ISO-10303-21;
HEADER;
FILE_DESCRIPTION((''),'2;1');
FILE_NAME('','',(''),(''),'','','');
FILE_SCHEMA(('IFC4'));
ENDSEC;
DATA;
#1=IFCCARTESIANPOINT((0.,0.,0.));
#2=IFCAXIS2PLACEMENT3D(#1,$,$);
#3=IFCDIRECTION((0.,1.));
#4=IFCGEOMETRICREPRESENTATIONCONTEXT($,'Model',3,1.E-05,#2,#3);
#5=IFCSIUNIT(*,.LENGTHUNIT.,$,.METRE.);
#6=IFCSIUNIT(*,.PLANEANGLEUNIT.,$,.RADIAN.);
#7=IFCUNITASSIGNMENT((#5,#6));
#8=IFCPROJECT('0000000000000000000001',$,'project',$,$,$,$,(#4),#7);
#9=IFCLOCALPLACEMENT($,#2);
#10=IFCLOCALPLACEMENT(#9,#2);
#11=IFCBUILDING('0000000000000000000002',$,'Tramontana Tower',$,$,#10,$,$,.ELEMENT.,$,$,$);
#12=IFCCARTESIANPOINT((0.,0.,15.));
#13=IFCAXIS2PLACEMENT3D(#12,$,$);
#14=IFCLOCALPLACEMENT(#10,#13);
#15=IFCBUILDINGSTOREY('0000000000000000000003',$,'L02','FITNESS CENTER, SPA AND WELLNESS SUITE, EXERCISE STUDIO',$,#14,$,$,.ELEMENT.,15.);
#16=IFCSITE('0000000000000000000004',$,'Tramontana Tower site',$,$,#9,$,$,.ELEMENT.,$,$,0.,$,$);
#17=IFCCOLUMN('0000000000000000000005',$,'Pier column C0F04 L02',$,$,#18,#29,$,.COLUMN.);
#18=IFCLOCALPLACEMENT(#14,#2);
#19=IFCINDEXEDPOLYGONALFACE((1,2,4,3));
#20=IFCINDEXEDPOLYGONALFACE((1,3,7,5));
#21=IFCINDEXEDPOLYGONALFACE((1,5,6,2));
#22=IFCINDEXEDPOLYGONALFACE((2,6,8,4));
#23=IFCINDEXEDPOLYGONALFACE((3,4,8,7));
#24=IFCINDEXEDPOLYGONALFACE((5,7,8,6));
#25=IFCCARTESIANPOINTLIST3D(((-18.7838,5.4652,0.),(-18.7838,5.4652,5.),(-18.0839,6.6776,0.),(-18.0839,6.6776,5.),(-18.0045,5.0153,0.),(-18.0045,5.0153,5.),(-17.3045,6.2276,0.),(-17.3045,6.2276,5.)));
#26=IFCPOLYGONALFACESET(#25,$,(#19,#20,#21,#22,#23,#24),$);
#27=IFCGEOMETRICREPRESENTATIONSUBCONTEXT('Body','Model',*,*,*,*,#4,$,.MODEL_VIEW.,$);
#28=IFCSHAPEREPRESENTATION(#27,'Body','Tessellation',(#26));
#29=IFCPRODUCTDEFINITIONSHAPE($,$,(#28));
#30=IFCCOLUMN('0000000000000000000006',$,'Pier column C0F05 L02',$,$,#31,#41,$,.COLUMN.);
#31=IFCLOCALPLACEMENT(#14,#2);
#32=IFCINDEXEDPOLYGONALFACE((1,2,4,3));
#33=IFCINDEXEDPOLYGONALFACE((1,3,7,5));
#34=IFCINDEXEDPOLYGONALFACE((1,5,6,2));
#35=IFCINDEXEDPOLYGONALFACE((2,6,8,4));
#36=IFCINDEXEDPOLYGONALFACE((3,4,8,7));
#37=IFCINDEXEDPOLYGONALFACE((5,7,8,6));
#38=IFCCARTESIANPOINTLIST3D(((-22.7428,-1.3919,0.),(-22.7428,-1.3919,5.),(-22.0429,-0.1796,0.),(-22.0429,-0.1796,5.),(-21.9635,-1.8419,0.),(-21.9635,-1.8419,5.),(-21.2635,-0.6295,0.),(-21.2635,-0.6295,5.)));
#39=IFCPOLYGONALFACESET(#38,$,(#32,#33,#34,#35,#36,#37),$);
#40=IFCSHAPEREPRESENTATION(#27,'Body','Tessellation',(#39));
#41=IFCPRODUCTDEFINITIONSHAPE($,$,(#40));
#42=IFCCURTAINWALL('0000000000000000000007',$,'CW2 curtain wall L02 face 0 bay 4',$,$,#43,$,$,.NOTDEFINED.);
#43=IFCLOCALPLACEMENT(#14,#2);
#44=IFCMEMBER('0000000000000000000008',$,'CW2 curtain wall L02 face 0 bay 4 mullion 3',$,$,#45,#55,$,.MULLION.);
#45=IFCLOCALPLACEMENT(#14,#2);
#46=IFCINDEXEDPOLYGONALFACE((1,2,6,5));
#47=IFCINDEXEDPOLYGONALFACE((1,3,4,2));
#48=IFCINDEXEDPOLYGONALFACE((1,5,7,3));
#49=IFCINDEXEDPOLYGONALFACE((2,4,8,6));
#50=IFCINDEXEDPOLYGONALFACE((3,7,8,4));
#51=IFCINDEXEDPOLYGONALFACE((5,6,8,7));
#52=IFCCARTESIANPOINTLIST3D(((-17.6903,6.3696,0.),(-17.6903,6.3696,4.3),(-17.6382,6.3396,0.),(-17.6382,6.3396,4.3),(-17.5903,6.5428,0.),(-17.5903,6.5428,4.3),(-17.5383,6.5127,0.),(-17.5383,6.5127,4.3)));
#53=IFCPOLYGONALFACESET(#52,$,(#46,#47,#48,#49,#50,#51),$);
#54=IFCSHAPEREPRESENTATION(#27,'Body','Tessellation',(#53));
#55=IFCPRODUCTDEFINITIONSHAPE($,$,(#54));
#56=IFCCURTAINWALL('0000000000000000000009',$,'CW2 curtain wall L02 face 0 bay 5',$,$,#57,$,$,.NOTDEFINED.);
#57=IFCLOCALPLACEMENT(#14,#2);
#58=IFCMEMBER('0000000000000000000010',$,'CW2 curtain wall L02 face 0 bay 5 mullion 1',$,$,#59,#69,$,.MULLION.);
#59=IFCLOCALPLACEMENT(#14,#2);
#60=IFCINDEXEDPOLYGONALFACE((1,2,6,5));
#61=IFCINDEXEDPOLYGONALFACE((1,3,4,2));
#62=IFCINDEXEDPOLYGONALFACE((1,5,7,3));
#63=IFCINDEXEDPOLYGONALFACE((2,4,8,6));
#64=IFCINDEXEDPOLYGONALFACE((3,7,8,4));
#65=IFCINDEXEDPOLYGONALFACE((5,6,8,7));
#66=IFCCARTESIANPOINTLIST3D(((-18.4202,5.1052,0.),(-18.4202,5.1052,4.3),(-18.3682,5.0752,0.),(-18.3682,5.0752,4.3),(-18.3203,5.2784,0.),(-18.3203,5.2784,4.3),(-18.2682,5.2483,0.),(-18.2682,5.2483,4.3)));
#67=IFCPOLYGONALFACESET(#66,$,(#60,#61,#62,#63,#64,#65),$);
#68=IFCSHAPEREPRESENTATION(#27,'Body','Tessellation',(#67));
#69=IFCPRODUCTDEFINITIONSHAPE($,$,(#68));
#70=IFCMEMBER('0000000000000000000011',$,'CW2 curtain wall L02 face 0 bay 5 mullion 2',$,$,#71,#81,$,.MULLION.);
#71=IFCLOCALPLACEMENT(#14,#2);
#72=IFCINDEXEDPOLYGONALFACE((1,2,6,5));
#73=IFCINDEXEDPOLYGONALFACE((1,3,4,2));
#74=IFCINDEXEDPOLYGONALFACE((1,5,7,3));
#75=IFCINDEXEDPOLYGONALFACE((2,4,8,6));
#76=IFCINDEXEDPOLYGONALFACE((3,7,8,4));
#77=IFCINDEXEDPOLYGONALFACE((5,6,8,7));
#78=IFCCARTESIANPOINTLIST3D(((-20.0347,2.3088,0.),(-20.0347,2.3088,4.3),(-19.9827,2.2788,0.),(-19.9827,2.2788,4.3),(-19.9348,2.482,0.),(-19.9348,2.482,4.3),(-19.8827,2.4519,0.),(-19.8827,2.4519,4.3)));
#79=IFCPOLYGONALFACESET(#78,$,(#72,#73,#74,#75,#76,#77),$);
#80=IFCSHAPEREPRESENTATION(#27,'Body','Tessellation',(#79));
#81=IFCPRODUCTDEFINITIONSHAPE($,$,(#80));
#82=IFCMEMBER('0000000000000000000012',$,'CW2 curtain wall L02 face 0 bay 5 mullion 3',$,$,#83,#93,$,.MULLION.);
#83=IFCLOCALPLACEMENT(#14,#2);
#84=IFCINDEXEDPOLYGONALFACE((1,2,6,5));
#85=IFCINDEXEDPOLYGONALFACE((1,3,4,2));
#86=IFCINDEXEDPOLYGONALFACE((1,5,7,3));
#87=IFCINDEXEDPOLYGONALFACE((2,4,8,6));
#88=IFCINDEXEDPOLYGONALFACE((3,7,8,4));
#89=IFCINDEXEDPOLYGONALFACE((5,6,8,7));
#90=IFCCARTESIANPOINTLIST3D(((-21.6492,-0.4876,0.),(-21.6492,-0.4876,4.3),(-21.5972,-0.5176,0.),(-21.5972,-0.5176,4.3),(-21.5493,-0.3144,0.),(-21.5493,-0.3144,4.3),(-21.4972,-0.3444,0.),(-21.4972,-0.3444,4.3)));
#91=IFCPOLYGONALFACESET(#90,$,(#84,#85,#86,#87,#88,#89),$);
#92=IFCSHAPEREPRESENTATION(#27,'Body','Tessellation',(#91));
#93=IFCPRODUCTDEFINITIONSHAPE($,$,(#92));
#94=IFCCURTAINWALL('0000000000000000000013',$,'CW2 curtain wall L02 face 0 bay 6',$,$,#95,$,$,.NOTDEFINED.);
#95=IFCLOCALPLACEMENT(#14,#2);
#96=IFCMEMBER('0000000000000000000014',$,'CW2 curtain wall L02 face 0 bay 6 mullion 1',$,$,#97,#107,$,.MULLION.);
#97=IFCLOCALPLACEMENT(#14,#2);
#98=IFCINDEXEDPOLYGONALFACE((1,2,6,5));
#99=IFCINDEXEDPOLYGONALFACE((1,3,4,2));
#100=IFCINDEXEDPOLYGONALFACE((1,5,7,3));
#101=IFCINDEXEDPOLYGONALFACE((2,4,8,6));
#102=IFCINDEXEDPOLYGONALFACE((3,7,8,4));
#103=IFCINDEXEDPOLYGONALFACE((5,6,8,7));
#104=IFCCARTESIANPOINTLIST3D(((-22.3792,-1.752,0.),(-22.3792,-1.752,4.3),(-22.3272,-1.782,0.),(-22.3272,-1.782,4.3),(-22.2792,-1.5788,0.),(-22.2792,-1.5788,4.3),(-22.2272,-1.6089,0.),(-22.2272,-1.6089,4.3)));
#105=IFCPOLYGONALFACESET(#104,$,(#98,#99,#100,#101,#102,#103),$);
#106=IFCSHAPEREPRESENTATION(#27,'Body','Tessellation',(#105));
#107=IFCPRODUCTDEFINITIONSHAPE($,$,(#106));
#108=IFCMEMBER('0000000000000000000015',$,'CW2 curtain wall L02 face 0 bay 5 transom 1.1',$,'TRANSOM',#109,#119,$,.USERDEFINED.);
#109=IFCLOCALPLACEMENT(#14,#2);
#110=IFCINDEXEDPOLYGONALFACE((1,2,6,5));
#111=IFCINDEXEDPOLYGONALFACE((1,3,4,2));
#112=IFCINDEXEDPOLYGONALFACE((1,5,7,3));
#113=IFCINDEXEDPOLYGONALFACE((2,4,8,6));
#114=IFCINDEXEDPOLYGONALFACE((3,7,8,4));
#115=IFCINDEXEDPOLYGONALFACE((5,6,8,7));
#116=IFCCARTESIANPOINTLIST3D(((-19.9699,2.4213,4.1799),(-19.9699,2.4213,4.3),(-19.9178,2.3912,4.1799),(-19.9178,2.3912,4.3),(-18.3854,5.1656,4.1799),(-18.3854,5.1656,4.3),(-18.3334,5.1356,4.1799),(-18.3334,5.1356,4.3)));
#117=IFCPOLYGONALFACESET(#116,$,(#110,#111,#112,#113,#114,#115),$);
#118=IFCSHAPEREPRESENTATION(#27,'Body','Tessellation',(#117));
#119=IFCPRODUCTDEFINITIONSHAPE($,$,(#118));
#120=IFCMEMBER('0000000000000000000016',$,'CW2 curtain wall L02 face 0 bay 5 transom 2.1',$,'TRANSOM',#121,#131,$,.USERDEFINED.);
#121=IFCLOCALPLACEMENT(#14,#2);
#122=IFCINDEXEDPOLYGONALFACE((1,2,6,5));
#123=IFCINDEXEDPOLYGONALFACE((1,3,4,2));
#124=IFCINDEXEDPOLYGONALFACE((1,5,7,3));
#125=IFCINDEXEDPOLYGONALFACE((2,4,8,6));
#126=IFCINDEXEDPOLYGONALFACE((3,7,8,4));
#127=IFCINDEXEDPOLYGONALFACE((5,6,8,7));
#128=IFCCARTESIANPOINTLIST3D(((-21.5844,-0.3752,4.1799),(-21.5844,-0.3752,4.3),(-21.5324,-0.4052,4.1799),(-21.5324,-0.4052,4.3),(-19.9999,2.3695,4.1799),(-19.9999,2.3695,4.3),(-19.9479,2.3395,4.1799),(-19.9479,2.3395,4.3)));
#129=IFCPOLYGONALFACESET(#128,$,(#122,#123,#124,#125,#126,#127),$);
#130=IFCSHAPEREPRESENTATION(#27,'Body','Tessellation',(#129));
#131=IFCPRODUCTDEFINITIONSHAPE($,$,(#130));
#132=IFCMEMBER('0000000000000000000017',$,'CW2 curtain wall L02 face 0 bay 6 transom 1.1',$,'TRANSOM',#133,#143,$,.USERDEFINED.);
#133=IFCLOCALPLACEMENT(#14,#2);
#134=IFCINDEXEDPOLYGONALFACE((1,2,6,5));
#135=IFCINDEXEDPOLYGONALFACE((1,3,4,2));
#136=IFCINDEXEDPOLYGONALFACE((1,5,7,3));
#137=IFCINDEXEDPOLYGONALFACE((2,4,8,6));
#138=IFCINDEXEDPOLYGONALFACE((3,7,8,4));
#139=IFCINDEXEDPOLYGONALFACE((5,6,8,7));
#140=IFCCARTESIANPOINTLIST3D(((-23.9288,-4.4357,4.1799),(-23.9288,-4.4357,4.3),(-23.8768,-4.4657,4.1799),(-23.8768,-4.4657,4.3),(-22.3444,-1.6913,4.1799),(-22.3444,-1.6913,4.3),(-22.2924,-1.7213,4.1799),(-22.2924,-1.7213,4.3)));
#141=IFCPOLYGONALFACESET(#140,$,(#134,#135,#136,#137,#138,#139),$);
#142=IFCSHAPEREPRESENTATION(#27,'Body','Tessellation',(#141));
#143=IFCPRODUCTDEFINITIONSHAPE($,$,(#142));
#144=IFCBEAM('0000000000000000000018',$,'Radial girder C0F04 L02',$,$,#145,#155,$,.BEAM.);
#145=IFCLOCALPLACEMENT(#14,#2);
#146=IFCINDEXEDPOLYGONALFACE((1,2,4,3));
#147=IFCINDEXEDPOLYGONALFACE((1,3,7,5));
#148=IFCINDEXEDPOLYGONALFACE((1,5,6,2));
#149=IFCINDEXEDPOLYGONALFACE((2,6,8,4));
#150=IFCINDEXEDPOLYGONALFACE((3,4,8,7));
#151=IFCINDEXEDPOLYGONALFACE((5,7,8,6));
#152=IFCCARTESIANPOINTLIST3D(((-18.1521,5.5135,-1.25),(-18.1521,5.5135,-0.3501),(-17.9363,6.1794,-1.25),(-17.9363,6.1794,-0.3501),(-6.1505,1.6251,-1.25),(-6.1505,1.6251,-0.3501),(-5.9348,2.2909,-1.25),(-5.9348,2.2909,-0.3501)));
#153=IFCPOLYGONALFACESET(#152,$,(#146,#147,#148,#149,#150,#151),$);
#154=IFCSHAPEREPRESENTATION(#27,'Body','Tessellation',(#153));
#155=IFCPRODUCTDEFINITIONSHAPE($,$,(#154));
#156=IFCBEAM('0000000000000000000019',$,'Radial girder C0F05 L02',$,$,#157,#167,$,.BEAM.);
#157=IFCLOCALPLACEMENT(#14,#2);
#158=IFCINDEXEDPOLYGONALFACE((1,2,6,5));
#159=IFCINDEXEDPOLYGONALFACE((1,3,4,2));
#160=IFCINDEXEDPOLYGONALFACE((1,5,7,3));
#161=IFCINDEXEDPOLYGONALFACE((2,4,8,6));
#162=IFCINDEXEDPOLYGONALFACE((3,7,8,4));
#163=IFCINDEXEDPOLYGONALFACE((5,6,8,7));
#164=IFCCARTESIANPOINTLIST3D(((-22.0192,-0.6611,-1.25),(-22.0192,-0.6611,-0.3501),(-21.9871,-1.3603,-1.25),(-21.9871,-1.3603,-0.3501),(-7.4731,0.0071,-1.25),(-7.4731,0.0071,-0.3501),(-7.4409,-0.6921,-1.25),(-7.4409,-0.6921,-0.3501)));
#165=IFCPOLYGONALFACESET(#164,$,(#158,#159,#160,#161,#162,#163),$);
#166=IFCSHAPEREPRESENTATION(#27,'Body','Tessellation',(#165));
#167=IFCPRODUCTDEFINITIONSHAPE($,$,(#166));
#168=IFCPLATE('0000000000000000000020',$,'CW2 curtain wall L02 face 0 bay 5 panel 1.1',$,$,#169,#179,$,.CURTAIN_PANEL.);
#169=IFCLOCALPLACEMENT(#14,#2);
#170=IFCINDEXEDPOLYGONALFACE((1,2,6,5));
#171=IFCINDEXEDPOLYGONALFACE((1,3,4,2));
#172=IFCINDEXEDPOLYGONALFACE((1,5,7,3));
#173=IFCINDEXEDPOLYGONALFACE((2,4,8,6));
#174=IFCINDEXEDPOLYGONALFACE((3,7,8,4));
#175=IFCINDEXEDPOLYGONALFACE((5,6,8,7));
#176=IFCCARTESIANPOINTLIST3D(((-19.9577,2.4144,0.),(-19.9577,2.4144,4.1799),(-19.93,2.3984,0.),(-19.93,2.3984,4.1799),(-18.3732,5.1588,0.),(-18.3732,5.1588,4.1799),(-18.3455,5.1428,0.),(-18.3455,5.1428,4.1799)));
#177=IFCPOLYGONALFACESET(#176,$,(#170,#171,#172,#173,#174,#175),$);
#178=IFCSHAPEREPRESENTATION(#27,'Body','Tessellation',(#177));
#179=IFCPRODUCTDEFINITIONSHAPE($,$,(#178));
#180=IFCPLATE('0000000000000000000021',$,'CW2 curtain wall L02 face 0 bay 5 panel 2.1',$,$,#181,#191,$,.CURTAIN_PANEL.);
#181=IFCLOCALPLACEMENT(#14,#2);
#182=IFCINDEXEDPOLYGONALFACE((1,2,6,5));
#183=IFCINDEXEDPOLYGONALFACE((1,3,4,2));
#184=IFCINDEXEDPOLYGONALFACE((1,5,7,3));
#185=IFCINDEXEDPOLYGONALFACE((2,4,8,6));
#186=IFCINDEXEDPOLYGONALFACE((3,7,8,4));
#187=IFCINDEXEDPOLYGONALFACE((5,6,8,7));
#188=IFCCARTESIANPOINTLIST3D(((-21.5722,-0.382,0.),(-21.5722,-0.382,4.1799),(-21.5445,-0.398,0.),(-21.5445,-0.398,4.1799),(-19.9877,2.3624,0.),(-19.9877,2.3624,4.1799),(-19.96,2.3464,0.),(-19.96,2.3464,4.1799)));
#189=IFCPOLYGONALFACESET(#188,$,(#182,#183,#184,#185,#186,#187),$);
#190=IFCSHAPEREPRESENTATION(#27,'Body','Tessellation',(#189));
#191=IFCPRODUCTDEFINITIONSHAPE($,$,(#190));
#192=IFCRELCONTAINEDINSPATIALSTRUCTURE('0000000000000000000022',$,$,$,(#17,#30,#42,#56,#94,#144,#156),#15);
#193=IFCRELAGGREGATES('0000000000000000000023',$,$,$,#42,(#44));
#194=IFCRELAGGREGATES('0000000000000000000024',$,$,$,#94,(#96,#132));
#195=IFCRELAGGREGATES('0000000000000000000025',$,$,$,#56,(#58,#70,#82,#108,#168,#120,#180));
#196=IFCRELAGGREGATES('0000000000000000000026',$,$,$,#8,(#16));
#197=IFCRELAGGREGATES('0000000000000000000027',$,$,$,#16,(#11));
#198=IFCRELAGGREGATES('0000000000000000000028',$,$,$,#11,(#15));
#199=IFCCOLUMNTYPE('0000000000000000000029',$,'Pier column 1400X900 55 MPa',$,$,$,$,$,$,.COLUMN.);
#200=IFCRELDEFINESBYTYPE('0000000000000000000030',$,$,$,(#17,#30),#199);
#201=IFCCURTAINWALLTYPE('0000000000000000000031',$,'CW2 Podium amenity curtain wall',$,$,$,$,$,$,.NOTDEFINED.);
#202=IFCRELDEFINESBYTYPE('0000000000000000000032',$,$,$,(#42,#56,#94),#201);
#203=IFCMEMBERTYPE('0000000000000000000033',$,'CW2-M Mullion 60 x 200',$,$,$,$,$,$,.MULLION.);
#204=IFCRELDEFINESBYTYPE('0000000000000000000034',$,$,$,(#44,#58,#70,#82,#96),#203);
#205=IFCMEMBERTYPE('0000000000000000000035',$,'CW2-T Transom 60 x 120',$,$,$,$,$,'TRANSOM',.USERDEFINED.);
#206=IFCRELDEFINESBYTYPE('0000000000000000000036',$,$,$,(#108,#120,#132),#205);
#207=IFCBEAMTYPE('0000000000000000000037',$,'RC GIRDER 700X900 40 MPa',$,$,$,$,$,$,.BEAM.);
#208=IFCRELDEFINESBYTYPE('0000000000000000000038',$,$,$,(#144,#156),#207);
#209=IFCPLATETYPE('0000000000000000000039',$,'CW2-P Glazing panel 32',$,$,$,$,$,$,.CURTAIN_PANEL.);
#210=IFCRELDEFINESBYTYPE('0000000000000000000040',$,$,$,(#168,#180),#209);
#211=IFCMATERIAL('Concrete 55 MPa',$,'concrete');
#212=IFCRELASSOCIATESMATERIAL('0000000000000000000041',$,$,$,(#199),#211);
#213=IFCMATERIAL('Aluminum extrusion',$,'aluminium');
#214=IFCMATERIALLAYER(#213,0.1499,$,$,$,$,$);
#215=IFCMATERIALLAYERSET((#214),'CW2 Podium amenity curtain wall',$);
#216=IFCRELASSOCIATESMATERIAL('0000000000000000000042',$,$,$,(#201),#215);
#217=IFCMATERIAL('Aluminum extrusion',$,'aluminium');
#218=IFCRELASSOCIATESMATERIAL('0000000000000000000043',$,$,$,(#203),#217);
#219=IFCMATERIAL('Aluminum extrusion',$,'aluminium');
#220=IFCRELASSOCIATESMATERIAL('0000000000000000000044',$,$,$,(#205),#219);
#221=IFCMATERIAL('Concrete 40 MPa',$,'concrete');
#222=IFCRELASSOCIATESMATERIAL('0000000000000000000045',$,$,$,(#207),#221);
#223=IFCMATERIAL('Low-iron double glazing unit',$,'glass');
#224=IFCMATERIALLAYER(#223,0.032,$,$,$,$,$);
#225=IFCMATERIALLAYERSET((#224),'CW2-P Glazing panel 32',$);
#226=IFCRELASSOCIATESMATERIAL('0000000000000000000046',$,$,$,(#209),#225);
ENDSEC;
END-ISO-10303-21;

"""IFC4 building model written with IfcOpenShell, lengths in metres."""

from ifc_helpers import new_model, si_unit, direction, frame, origin, origin_2d, place, context, subcontext, project, spatial, rectangle, extrude, material, layer, layer_set, material_profile, profile_set, type_object, element, aggregate, save


model = new_model("IFC4")

# Units and contexts
model_context = context("Model", 3, precision=1e-05, world=origin(), true_north=direction((0.0, 1.0)))
body_context = subcontext(model_context, "Body", "Model", "MODEL_VIEW")
ifc_project = project(units=[si_unit("LENGTHUNIT", "METRE"), si_unit("PLANEANGLEUNIT", "RADIAN")], contexts=[model_context])

# Site, building, storey
site_placement = place(None, origin())
site = spatial("IfcSite", under=ifc_project, at=site_placement, Name="Tramontana Tower site", CompositionType="ELEMENT", RefElevation=0.0)
building_placement = place(site_placement, origin())
building = spatial("IfcBuilding", under=site, at=building_placement, Name="Tramontana Tower", CompositionType="ELEMENT")
storey_placement = place(building_placement, frame((0.0, 0.0, 15.0)))
storey = spatial("IfcBuildingStorey", under=building, at=storey_placement, Name="L02", Description="FITNESS CENTER, SPA AND WELLNESS SUITE, EXERCISE STUDIO", CompositionType="ELEMENT", Elevation=15.0)

# Columns
ifc_material_1 = material(Name="Concrete 55 MPa", Category="concrete")
ifc_material_profile_1 = material_profile(ifc_material_1, rectangle(XDim=1.3999, YDim=0.8999, at=origin_2d()), Name="Pier column 1400X900 55 MPa")
ifc_profile_set_1 = profile_set([ifc_material_profile_1], Name="Concrete 55 MPa")
column_type = type_object("IfcColumnType", Name="Pier column 1400X900 55 MPa", PredefinedType="COLUMN", material=ifc_profile_set_1)
for number, where, z_axis, x_axis, name in (
    (1, (-18.0442, 5.8464, 0.0), (0.0, 0.0, 1.0), (-0.5, -0.866025, 0.0), "Pier column C0F04 L02"),
    (2, (-22.0032, -1.0107, 0.0), (0.0, 0.0, 1.0), (-0.5, -0.866025, 0.0), "Pier column C0F05 L02"),
):
    element("IfcColumn", number, at=place(storey_placement, frame(where, z_axis=z_axis, x_axis=x_axis)), inside=storey, type_object=column_type, Name=name, PredefinedType="COLUMN", context=body_context, shape_type="SweptSolid", body=[
        extrude(rectangle(XDim=1.3999, YDim=0.8999, at=origin_2d()), origin(), (0.0, 0.0, 1.0), 5.0),
    ])

# Curtain wall, member
ifc_material_2 = material(Name="Aluminum extrusion", Category="aluminium")
ifc_layer_1 = layer(ifc_material_2, 0.1499)
ifc_layer_set_1 = layer_set([ifc_layer_1], Name="CW2 Podium amenity curtain wall")
curtain_wall_type = type_object("IfcCurtainWallType", Name="CW2 Podium amenity curtain wall", PredefinedType="NOTDEFINED", material=ifc_layer_set_1)
curtain_wall_1_placement = place(storey_placement, origin())
curtain_wall_1 = element("IfcCurtainWall", 3, at=curtain_wall_1_placement, inside=storey, type_object=curtain_wall_type, Name="CW2 curtain wall L02 face 0 bay 4", PredefinedType="NOTDEFINED")
ifc_material_3 = material(Name="Aluminum extrusion", Category="aluminium")
ifc_material_profile_2 = material_profile(ifc_material_3, rectangle(XDim=0.0601, YDim=0.2, at=origin_2d()), Name="CW2-M Mullion 60 x 200")
ifc_profile_set_2 = profile_set([ifc_material_profile_2], Name="Aluminum extrusion")
member_type_1 = type_object("IfcMemberType", Name="CW2-M Mullion 60 x 200", PredefinedType="MULLION", material=ifc_profile_set_2)
member_1_placement = place(storey_placement, frame((-17.6143, 6.4412, 0.0), z_axis=(0.0, 0.0, 1.0), x_axis=(0.866025, -0.5, 0.0)))
member_1 = element("IfcMember", 4, at=member_1_placement, type_object=member_type_1, Name="CW2 curtain wall L02 face 0 bay 4 mullion 3", PredefinedType="MULLION", context=body_context, shape_type="SweptSolid", body=[
    extrude(rectangle(XDim=0.0601, YDim=0.2, at=origin_2d()), origin(), (0.0, 0.0, 1.0), 4.3),
])
aggregate(curtain_wall_1, [member_1])

# Curtain wall, members
curtain_wall_2_placement = place(storey_placement, origin())
curtain_wall_2 = element("IfcCurtainWall", 5, at=curtain_wall_2_placement, inside=storey, type_object=curtain_wall_type, Name="CW2 curtain wall L02 face 0 bay 5", PredefinedType="NOTDEFINED")
member_2_placement = place(storey_placement, frame((-18.3442, 5.1768, 0.0), z_axis=(0.0, 0.0, 1.0), x_axis=(0.866025, -0.5, 0.0)))
member_2 = element("IfcMember", 6, at=member_2_placement, type_object=member_type_1, Name="CW2 curtain wall L02 face 0 bay 5 mullion 1", PredefinedType="MULLION", context=body_context, shape_type="SweptSolid", body=[
    extrude(rectangle(XDim=0.0601, YDim=0.2, at=origin_2d()), origin(), (0.0, 0.0, 1.0), 4.3),
])
member_3_placement = place(storey_placement, frame((-19.9587, 2.3804, 0.0), z_axis=(0.0, 0.0, 1.0), x_axis=(0.866025, -0.5, 0.0)))
member_3 = element("IfcMember", 7, at=member_3_placement, type_object=member_type_1, Name="CW2 curtain wall L02 face 0 bay 5 mullion 2", PredefinedType="MULLION", context=body_context, shape_type="SweptSolid", body=[
    extrude(rectangle(XDim=0.0601, YDim=0.2, at=origin_2d()), origin(), (0.0, 0.0, 1.0), 4.3),
])
member_4_placement = place(storey_placement, frame((-21.5732, -0.416, 0.0), z_axis=(0.0, 0.0, 1.0), x_axis=(0.866025, -0.5, 0.0)))
member_4 = element("IfcMember", 8, at=member_4_placement, type_object=member_type_1, Name="CW2 curtain wall L02 face 0 bay 5 mullion 3", PredefinedType="MULLION", context=body_context, shape_type="SweptSolid", body=[
    extrude(rectangle(XDim=0.0601, YDim=0.2, at=origin_2d()), origin(), (0.0, 0.0, 1.0), 4.3),
])

# Curtain wall, member
curtain_wall_3_placement = place(storey_placement, origin())
curtain_wall_3 = element("IfcCurtainWall", 9, at=curtain_wall_3_placement, inside=storey, type_object=curtain_wall_type, Name="CW2 curtain wall L02 face 0 bay 6", PredefinedType="NOTDEFINED")
member_5_placement = place(storey_placement, frame((-22.3032, -1.6804, 0.0), z_axis=(0.0, 0.0, 1.0), x_axis=(0.866025, -0.5, 0.0)))
member_5 = element("IfcMember", 10, at=member_5_placement, type_object=member_type_1, Name="CW2 curtain wall L02 face 0 bay 6 mullion 1", PredefinedType="MULLION", context=body_context, shape_type="SweptSolid", body=[
    extrude(rectangle(XDim=0.0601, YDim=0.2, at=origin_2d()), origin(), (0.0, 0.0, 1.0), 4.3),
])

# Members
ifc_material_4 = material(Name="Aluminum extrusion", Category="aluminium")
ifc_material_profile_3 = material_profile(ifc_material_4, rectangle(XDim=0.0601, YDim=0.1201, at=origin_2d()), Name="CW2-T Transom 60 x 120")
ifc_profile_set_3 = profile_set([ifc_material_profile_3], Name="Aluminum extrusion")
member_type_2 = type_object("IfcMemberType", Name="CW2-T Transom 60 x 120", ElementType="TRANSOM", PredefinedType="USERDEFINED", material=ifc_profile_set_3)
member_6_placement = place(storey_placement, frame((-18.3594, 5.1506, 4.24), z_axis=(-0.5, -0.866025, 0.0), x_axis=(0.866025, -0.5, 0.0)))
member_6 = element("IfcMember", 11, at=member_6_placement, type_object=member_type_2, Name="CW2 curtain wall L02 face 0 bay 5 transom 1.1", ObjectType="TRANSOM", PredefinedType="USERDEFINED", context=body_context, shape_type="SweptSolid", body=[
    extrude(rectangle(XDim=0.0601, YDim=0.1201, at=origin_2d()), origin(), (0.0, 0.0, 1.0), 3.1689),
])
member_7_placement = place(storey_placement, frame((-19.9739, 2.3545, 4.24), z_axis=(-0.499967, -0.866044, 0.0), x_axis=(0.866044, -0.499967, 0.0)))
member_7 = element("IfcMember", 12, at=member_7_placement, type_object=member_type_2, Name="CW2 curtain wall L02 face 0 bay 5 transom 2.1", ObjectType="TRANSOM", PredefinedType="USERDEFINED", context=body_context, shape_type="SweptSolid", body=[
    extrude(rectangle(XDim=0.0601, YDim=0.1201, at=origin_2d()), origin(), (0.0, 0.0, 1.0), 3.1692),
])
member_8_placement = place(storey_placement, frame((-22.3184, -1.7063, 4.24), z_axis=(-0.5, -0.866025, 0.0), x_axis=(0.866025, -0.5, 0.0)))
member_8 = element("IfcMember", 13, at=member_8_placement, type_object=member_type_2, Name="CW2 curtain wall L02 face 0 bay 6 transom 1.1", ObjectType="TRANSOM", PredefinedType="USERDEFINED", context=body_context, shape_type="SweptSolid", body=[
    extrude(rectangle(XDim=0.0601, YDim=0.1201, at=origin_2d()), origin(), (0.0, 0.0, 1.0), 3.1689),
])
aggregate(curtain_wall_3, [member_5, member_8])

# Beams
ifc_material_5 = material(Name="Concrete 40 MPa", Category="concrete")
ifc_material_profile_4 = material_profile(ifc_material_5, rectangle(XDim=0.7, YDim=0.8999, at=origin_2d()), Name="RC GIRDER 700X900 40 MPa")
ifc_profile_set_4 = profile_set([ifc_material_profile_4], Name="Concrete 40 MPa")
beam_type = type_object("IfcBeamType", Name="RC GIRDER 700X900 40 MPa", PredefinedType="BEAM", material=ifc_profile_set_4)
beam_1_placement = place(storey_placement, frame((-18.0442, 5.8464, -0.8), z_axis=(0.951314, -0.308222, 0.0), x_axis=(0.308222, 0.951314, 0.0)))
element("IfcBeam", 14, at=beam_1_placement, inside=storey, type_object=beam_type, Name="Radial girder C0F04 L02", PredefinedType="BEAM", context=body_context, shape_type="SweptSolid", body=[
    extrude(rectangle(XDim=0.7, YDim=0.8999, at=origin_2d()), origin(), (0.0, 0.0, 1.0), 12.6157),
])
beam_2_placement = place(storey_placement, frame((-22.0032, -1.0107, -0.8), z_axis=(0.998947, 0.045889, 0.0), x_axis=(-0.045889, 0.998947, 0.0)))
element("IfcBeam", 15, at=beam_2_placement, inside=storey, type_object=beam_type, Name="Radial girder C0F05 L02", PredefinedType="BEAM", context=body_context, shape_type="SweptSolid", body=[
    extrude(rectangle(XDim=0.7, YDim=0.8999, at=origin_2d()), origin(), (0.0, 0.0, 1.0), 14.5615),
])

# Plates
ifc_material_6 = material(Name="Low-iron double glazing unit", Category="glass")
ifc_layer_2 = layer(ifc_material_6, 0.032)
ifc_layer_set_2 = layer_set([ifc_layer_2], Name="CW2-P Glazing panel 32")
plate_type = type_object("IfcPlateType", Name="CW2-P Glazing panel 32", PredefinedType="CURTAIN_PANEL", material=ifc_layer_set_2)
plate_1_placement = place(storey_placement, frame((-19.1516, 3.7786, 0.0), z_axis=(0.0, 0.0, 1.0), x_axis=(-0.5, -0.866025, 0.0)))
plate_1 = element("IfcPlate", 16, at=plate_1_placement, type_object=plate_type, Name="CW2 curtain wall L02 face 0 bay 5 panel 1.1", PredefinedType="CURTAIN_PANEL", context=body_context, shape_type="SweptSolid", body=[
    extrude(rectangle(XDim=3.1689, YDim=0.032, at=origin_2d()), origin(), (0.0, 0.0, 1.0), 4.1799),
])
plate_2_placement = place(storey_placement, frame((-20.7661, 0.9822, 0.0), z_axis=(0.0, 0.0, 1.0), x_axis=(-0.5, -0.866025, 0.0)))
plate_2 = element("IfcPlate", 17, at=plate_2_placement, type_object=plate_type, Name="CW2 curtain wall L02 face 0 bay 5 panel 2.1", PredefinedType="CURTAIN_PANEL", context=body_context, shape_type="SweptSolid", body=[
    extrude(rectangle(XDim=3.1689, YDim=0.032, at=origin_2d()), origin(), (0.0, 0.0, 1.0), 4.1799),
])
aggregate(curtain_wall_2, [member_2, member_3, member_4, member_6, plate_1, member_7, plate_2])

save(model, "model.ifc")
